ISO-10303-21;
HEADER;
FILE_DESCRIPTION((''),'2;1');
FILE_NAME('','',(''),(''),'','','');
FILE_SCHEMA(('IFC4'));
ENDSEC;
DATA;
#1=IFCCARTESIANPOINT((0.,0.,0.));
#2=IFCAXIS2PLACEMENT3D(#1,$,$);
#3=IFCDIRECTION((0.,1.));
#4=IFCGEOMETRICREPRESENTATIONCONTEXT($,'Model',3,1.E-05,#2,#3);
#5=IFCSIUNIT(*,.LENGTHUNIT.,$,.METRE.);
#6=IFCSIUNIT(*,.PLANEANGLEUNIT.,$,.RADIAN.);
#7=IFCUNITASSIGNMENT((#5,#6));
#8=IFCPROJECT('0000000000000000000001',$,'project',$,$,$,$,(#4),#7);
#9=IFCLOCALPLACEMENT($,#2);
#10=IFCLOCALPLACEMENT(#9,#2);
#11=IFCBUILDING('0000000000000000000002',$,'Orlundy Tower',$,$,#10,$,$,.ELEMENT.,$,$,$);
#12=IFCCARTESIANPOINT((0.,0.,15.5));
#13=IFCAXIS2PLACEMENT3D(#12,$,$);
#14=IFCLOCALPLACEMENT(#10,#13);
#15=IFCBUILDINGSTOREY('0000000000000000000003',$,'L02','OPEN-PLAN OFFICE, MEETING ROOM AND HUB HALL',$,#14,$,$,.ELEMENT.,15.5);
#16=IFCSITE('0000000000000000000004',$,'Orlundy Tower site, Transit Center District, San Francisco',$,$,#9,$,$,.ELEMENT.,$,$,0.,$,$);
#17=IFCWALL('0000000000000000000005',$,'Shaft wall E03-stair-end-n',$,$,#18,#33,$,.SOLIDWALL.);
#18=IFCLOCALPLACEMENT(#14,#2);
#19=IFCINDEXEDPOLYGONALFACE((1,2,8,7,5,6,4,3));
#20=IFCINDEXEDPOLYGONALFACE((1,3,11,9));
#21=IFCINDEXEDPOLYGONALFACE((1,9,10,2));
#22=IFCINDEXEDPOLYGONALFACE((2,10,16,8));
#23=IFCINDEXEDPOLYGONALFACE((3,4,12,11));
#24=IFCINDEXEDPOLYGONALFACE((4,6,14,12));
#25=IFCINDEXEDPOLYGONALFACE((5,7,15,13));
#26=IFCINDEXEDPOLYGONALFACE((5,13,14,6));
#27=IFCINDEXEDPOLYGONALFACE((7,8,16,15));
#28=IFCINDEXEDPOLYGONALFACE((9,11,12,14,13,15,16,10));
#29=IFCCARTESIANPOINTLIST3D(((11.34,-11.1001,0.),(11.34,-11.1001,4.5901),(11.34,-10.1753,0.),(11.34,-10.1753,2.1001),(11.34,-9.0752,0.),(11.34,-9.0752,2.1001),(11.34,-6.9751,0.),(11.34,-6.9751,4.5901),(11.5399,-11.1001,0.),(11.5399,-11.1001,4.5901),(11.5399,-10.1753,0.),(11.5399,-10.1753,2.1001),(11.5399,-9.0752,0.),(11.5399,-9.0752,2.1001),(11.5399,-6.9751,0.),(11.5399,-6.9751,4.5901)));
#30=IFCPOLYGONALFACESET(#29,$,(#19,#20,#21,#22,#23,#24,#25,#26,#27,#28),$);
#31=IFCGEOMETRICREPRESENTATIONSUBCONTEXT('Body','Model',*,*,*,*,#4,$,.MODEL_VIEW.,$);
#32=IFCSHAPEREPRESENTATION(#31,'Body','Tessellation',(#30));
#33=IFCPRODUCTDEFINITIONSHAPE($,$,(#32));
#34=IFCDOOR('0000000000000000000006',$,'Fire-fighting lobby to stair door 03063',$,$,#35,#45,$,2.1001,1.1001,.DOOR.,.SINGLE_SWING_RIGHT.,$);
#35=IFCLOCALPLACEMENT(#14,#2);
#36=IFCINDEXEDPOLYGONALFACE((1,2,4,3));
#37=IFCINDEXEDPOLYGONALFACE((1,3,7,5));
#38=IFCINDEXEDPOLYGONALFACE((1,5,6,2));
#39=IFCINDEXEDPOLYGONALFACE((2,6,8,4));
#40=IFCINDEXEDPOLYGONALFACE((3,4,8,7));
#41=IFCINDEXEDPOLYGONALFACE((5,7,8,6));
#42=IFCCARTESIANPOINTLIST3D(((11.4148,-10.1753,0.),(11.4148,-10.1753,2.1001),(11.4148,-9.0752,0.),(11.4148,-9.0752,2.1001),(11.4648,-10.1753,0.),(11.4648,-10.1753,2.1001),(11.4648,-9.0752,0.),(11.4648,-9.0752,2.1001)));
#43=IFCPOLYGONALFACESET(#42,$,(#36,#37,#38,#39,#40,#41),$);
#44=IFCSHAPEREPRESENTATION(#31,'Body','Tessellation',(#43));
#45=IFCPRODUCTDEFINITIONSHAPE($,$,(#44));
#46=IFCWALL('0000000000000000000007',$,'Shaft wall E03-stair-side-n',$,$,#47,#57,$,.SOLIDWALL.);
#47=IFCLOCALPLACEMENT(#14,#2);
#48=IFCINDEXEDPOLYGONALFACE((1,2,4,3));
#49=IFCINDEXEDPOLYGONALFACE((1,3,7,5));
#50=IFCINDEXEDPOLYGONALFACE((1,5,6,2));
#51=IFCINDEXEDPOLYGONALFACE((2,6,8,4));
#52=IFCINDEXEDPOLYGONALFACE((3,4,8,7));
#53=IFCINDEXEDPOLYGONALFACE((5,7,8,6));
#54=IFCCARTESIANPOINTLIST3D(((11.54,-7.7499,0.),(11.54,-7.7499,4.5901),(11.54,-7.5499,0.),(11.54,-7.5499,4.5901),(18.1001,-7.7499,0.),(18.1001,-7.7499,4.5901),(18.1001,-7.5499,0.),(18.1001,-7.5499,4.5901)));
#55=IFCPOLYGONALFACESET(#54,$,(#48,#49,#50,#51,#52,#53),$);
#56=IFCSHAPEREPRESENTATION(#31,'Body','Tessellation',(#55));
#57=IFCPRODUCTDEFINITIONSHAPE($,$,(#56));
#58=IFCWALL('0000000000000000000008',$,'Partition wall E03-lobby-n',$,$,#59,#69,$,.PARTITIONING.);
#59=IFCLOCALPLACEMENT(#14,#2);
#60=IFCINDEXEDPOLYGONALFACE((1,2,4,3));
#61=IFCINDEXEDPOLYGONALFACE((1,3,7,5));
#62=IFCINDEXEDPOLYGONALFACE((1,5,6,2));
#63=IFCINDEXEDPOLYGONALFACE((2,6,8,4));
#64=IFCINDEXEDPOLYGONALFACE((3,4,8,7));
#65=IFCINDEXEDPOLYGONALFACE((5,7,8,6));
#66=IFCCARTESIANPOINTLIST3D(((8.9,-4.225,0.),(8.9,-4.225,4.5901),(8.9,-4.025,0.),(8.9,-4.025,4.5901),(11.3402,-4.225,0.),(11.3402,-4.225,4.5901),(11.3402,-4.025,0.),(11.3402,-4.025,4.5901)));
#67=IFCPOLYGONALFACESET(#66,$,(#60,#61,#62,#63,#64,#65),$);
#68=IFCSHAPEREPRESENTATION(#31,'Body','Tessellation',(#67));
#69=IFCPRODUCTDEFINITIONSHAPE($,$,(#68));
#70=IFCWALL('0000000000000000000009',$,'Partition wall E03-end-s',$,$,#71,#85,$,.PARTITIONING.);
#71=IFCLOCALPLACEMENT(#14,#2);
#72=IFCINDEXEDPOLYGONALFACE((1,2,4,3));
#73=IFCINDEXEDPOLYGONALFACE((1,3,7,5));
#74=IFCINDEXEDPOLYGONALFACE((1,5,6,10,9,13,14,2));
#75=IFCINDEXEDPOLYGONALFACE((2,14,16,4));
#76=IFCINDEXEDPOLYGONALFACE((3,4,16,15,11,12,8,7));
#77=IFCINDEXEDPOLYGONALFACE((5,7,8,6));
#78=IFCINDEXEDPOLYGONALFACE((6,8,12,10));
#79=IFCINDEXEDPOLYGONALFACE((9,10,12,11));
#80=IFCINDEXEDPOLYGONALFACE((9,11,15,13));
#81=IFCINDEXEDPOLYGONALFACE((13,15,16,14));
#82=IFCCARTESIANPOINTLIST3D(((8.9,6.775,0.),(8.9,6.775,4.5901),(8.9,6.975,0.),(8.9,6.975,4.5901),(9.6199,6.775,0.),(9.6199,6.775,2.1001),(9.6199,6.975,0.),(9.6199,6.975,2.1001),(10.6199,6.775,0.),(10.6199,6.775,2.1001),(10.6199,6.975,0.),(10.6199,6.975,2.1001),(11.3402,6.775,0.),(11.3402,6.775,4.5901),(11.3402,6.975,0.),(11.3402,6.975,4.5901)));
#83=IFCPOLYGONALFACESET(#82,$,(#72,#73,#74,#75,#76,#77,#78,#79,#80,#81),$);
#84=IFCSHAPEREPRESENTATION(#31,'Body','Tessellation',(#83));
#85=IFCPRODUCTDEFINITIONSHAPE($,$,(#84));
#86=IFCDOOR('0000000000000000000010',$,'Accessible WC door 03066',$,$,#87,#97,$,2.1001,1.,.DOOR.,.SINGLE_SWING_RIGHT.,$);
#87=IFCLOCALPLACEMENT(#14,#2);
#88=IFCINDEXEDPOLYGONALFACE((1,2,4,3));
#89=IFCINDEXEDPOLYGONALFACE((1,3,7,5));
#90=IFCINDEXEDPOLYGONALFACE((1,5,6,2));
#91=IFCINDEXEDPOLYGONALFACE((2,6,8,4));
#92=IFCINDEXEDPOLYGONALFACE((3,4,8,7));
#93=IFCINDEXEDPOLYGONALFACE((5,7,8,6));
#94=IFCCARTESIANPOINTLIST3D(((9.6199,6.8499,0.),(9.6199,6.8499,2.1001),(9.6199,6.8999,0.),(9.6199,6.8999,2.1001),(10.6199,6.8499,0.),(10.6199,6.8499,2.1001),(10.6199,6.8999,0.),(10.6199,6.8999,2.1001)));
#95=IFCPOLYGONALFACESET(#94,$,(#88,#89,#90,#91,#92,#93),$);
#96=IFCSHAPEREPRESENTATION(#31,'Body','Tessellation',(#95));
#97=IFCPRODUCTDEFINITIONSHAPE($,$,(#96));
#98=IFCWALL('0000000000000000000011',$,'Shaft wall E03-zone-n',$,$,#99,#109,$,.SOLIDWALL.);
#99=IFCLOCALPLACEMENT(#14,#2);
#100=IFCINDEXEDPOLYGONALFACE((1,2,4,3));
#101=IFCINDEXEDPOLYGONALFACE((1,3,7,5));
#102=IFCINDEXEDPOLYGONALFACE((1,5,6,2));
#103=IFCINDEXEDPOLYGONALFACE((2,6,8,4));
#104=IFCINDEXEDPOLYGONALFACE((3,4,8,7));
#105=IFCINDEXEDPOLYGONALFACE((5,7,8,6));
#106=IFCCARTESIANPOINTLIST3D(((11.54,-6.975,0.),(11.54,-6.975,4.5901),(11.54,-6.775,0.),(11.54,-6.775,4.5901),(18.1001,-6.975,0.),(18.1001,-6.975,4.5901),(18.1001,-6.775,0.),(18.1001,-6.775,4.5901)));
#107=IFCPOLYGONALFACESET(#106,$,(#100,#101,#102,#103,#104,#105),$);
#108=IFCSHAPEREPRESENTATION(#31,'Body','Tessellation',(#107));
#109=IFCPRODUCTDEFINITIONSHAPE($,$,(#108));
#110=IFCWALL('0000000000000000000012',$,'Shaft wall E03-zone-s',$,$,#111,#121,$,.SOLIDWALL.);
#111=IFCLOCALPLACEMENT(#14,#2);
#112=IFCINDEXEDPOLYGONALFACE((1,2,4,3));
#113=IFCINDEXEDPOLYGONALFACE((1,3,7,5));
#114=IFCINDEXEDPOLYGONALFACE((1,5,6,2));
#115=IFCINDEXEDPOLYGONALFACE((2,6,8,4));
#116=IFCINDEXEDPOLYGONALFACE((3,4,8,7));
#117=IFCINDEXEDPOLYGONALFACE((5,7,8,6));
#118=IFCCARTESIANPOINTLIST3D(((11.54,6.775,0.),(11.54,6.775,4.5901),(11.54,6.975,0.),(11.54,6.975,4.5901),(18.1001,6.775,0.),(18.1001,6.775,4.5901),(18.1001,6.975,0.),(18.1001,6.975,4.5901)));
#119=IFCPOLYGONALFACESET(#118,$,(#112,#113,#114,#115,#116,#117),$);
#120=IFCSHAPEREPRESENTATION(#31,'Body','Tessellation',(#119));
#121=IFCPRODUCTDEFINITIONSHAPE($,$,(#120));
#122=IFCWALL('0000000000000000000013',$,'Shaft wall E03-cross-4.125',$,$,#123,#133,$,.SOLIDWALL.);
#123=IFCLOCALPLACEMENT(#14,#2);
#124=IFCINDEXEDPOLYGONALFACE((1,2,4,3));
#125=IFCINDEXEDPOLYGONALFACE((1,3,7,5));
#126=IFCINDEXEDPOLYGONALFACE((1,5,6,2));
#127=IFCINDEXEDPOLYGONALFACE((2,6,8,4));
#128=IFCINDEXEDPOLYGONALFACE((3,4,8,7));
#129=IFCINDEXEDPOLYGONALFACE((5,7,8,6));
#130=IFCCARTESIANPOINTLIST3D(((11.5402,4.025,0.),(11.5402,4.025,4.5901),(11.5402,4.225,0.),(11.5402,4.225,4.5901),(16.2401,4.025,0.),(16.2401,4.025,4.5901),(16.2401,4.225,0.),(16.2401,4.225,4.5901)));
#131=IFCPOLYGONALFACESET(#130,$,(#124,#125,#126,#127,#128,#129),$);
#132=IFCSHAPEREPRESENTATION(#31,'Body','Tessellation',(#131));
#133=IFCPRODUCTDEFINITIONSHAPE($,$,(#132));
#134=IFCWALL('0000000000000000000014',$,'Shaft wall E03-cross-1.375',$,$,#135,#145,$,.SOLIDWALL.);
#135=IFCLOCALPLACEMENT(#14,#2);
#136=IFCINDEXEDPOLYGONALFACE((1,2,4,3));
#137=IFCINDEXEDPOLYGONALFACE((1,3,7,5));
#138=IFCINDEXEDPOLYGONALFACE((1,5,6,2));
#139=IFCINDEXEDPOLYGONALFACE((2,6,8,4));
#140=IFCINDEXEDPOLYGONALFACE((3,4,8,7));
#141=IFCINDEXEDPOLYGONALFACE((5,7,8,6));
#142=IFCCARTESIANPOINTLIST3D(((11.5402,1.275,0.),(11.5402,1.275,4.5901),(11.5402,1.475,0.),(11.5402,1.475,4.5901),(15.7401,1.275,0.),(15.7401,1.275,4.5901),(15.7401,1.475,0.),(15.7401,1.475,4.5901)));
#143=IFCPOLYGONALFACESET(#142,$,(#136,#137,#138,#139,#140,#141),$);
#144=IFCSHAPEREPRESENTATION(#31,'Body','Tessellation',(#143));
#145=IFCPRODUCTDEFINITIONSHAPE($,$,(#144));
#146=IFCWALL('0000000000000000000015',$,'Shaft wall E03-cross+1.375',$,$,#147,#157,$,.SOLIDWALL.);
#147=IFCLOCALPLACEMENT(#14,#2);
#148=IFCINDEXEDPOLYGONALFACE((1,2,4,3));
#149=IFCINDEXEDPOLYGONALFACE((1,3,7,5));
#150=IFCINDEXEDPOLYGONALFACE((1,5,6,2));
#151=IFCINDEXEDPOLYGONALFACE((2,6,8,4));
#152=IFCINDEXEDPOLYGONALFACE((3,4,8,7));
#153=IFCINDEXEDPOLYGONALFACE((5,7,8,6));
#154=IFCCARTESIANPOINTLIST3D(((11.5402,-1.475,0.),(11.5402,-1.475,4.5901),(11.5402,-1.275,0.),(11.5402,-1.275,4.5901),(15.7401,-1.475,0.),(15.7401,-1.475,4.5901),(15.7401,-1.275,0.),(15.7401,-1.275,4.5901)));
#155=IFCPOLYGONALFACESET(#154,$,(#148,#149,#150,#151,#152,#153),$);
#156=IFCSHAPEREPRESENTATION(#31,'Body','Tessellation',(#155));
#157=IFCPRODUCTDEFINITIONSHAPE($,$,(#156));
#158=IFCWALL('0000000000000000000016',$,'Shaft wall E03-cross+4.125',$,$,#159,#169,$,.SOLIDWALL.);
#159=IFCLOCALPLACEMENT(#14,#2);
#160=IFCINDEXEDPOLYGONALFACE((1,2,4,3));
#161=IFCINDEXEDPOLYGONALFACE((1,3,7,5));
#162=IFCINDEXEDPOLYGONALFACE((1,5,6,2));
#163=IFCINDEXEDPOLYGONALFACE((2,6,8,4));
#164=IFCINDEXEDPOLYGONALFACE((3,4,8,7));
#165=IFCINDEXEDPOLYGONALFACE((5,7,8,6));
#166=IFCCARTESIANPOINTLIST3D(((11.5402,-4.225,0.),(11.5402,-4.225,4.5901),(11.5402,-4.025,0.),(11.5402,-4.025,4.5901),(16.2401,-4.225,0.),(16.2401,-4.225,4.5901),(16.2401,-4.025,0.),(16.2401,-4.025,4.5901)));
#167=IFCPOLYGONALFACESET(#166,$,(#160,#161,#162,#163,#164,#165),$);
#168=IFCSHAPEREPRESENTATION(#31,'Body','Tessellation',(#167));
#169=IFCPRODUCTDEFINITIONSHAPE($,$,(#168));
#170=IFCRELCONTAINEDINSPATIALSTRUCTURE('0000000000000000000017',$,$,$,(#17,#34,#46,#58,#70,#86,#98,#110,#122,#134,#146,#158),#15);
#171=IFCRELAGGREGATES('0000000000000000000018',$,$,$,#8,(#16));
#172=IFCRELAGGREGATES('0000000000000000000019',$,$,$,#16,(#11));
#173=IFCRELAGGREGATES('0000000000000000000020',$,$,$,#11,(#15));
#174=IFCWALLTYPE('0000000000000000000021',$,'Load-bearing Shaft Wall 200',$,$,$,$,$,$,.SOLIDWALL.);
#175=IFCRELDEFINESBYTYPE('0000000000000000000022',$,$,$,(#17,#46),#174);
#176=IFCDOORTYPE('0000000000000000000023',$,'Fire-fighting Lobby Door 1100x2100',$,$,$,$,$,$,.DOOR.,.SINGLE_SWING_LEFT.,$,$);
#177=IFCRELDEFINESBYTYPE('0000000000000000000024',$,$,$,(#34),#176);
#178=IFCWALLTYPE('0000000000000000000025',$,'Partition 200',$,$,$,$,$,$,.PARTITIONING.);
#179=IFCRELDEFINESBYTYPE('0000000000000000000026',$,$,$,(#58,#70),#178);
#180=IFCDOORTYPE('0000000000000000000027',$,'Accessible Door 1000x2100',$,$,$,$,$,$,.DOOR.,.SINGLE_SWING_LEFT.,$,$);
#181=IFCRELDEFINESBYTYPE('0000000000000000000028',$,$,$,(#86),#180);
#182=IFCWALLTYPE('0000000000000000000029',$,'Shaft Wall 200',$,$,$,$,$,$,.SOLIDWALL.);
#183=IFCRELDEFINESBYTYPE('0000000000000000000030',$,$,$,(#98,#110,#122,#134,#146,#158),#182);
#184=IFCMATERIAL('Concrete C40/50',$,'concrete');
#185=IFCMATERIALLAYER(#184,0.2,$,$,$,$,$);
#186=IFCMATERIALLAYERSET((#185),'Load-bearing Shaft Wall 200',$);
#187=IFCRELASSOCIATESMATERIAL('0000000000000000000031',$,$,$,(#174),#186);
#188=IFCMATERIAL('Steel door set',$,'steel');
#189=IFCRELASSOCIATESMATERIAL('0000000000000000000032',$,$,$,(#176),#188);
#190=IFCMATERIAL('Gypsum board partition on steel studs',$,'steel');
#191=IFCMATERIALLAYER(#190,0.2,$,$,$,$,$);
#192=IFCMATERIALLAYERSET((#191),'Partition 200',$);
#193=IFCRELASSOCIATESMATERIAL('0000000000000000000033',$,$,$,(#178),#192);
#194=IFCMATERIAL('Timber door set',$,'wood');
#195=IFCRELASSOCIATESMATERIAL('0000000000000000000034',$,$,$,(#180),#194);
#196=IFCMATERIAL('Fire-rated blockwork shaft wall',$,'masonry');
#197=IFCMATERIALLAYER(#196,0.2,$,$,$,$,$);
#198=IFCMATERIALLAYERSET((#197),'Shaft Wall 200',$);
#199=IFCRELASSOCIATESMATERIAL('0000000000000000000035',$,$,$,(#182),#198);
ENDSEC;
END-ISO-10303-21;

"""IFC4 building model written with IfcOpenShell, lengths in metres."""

from ifc_helpers import new_model, si_unit, direction, frame, frame_2d, origin, place, context, subcontext, project, spatial, rectangle, extrude, material, layer, layer_set, type_object, element, fill, save


model = new_model("IFC4")

# Units and contexts
model_context = context("Model", 3, precision=1e-05, world=origin(), true_north=direction((0.0, 1.0)))
body_context = subcontext(model_context, "Body", "Model", "MODEL_VIEW")
ifc_project = project(units=[si_unit("LENGTHUNIT", "METRE"), si_unit("PLANEANGLEUNIT", "RADIAN")], contexts=[model_context])

# Site, building, storey
site_placement = place(None, origin())
site = spatial("IfcSite", under=ifc_project, at=site_placement, Name="Orlundy Tower site, Transit Center District, San Francisco", CompositionType="ELEMENT", RefElevation=0.0)
building_placement = place(site_placement, origin())
building = spatial("IfcBuilding", under=site, at=building_placement, Name="Orlundy Tower", CompositionType="ELEMENT")
storey_placement = place(building_placement, frame((0.0, 0.0, 15.5)))
storey = spatial("IfcBuildingStorey", under=building, at=storey_placement, Name="L02", Description="OPEN-PLAN OFFICE, MEETING ROOM AND HUB HALL", CompositionType="ELEMENT", Elevation=15.5)

# Wall, opening, door
ifc_material_1 = material(Name="Concrete C40/50", Category="concrete")
ifc_layer_1 = layer(ifc_material_1, 0.2)
ifc_layer_set_1 = layer_set([ifc_layer_1], Name="Load-bearing Shaft Wall 200")
wall_type_1 = type_object("IfcWallType", Name="Load-bearing Shaft Wall 200", PredefinedType="SOLIDWALL", material=ifc_layer_set_1)
wall_1_placement = place(storey_placement, frame((11.4399, -6.9751, 0.0), z_axis=(0.0, 0.0, 1.0), x_axis=(0.0, -1.0, 0.0)))
wall_1 = element("IfcWall", 1, at=wall_1_placement, inside=storey, type_object=wall_type_1, Name="Shaft wall E03-stair-end-n", PredefinedType="SOLIDWALL", context=body_context, shape_type="SweptSolid", body=[
    extrude(rectangle(XDim=4.125, YDim=0.2, at=frame_2d((2.0625, 0.0))), origin(), (0.0, 0.0, 1.0), 4.5901),
])
opening_1_placement = place(wall_1_placement, frame((2.1001, 0.0, 0.0)))
opening_1 = element("IfcOpeningElement", 2, at=opening_1_placement, cuts=wall_1, PredefinedType="OPENING", context=body_context, shape_type="SweptSolid", body=[
    extrude(rectangle(XDim=1.1001, YDim=2.1001, at=frame_2d((0.55, 1.05))), frame((0.0, 0.1101, 0.0), z_axis=(0.0, -1.0, 0.0), x_axis=(1.0, 0.0, 0.0)), (0.0, 0.0, 1.0), 0.2202),
])
ifc_material_2 = material(Name="Steel door set", Category="steel")
door_type_1 = type_object("IfcDoorType", Name="Fire-fighting Lobby Door 1100x2100", OperationType="SINGLE_SWING_LEFT", PredefinedType="DOOR", material=ifc_material_2)
door_1_placement = place(opening_1_placement, origin())
door_1 = element("IfcDoor", 3, at=door_1_placement, inside=storey, type_object=door_type_1, Name="Fire-fighting lobby to stair door 03063", OperationType="SINGLE_SWING_RIGHT", OverallHeight=2.1001, OverallWidth=1.1001, PredefinedType="DOOR", context=body_context, shape_type="SweptSolid", body=[
    extrude(rectangle(XDim=1.1001, YDim=2.1001, at=frame_2d((0.55, 1.05))), frame((0.0, 0.0249, 0.0), z_axis=(0.0, -1.0, 0.0), x_axis=(1.0, 0.0, 0.0)), (0.0, 0.0, 1.0), 0.05),
])
fill(opening_1, door_1)

# Walls
wall_2_placement = place(storey_placement, frame((11.54, -7.6499, 0.0), z_axis=(0.0, 0.0, 1.0), x_axis=(1.0, 0.0, 0.0)))
element("IfcWall", 4, at=wall_2_placement, inside=storey, type_object=wall_type_1, Name="Shaft wall E03-stair-side-n", PredefinedType="SOLIDWALL", context=body_context, shape_type="SweptSolid", body=[
    extrude(rectangle(XDim=6.5601, YDim=0.2, at=frame_2d((3.28, 0.0))), origin(), (0.0, 0.0, 1.0), 4.5901),
])
ifc_material_3 = material(Name="Gypsum board partition on steel studs", Category="steel")
ifc_layer_2 = layer(ifc_material_3, 0.2)
ifc_layer_set_2 = layer_set([ifc_layer_2], Name="Partition 200")
wall_type_2 = type_object("IfcWallType", Name="Partition 200", PredefinedType="PARTITIONING", material=ifc_layer_set_2)
wall_3_placement = place(storey_placement, frame((8.8999, -4.125, 0.0), z_axis=(0.0, 0.0, 1.0), x_axis=(1.0, 0.0, 0.0)))
element("IfcWall", 5, at=wall_3_placement, inside=storey, type_object=wall_type_2, Name="Partition wall E03-lobby-n", PredefinedType="PARTITIONING", context=body_context, shape_type="SweptSolid", body=[
    extrude(rectangle(XDim=2.4402, YDim=0.2, at=frame_2d((1.2202, 0.0))), origin(), (0.0, 0.0, 1.0), 4.5901),
])

# Wall, opening, door
wall_4_placement = place(storey_placement, frame((8.8999, 6.875, 0.0), z_axis=(0.0, 0.0, 1.0), x_axis=(1.0, 0.0, 0.0)))
wall_4 = element("IfcWall", 6, at=wall_4_placement, inside=storey, type_object=wall_type_2, Name="Partition wall E03-end-s", PredefinedType="PARTITIONING", context=body_context, shape_type="SweptSolid", body=[
    extrude(rectangle(XDim=2.4402, YDim=0.2, at=frame_2d((1.2202, 0.0))), origin(), (0.0, 0.0, 1.0), 4.5901),
])
opening_2_placement = place(wall_4_placement, frame((0.72, 0.0, 0.0)))
opening_2 = element("IfcOpeningElement", 7, at=opening_2_placement, cuts=wall_4, PredefinedType="OPENING", context=body_context, shape_type="SweptSolid", body=[
    extrude(rectangle(XDim=1.0, YDim=2.1001, at=frame_2d((0.5, 1.05))), frame((0.0, 0.1101, 0.0), z_axis=(0.0, -1.0, 0.0), x_axis=(1.0, 0.0, 0.0)), (0.0, 0.0, 1.0), 0.2202),
])
ifc_material_4 = material(Name="Timber door set", Category="wood")
door_type_2 = type_object("IfcDoorType", Name="Accessible Door 1000x2100", OperationType="SINGLE_SWING_LEFT", PredefinedType="DOOR", material=ifc_material_4)
door_2_placement = place(opening_2_placement, origin())
door_2 = element("IfcDoor", 8, at=door_2_placement, inside=storey, type_object=door_type_2, Name="Accessible WC door 03066", OperationType="SINGLE_SWING_RIGHT", OverallHeight=2.1001, OverallWidth=1.0, PredefinedType="DOOR", context=body_context, shape_type="SweptSolid", body=[
    extrude(rectangle(XDim=1.0, YDim=2.1001, at=frame_2d((0.5, 1.05))), frame((0.0, 0.0249, 0.0), z_axis=(0.0, -1.0, 0.0), x_axis=(1.0, 0.0, 0.0)), (0.0, 0.0, 1.0), 0.05),
])
fill(opening_2, door_2)

# Walls
ifc_material_5 = material(Name="Fire-rated blockwork shaft wall", Category="masonry")
ifc_layer_3 = layer(ifc_material_5, 0.2)
ifc_layer_set_3 = layer_set([ifc_layer_3], Name="Shaft Wall 200")
wall_type_3 = type_object("IfcWallType", Name="Shaft Wall 200", PredefinedType="SOLIDWALL", material=ifc_layer_set_3)
for number, where, z_axis, x_axis, name in (
    (9, (11.54, -6.875, 0.0), (0.0, 0.0, 1.0), (1.0, 0.0, 0.0), "Shaft wall E03-zone-n"),
    (10, (11.54, 6.875, 0.0), (0.0, 0.0, 1.0), (1.0, 0.0, 0.0), "Shaft wall E03-zone-s"),
):
    element("IfcWall", number, at=place(storey_placement, frame(where, z_axis=z_axis, x_axis=x_axis)), inside=storey, type_object=wall_type_3, Name=name, PredefinedType="SOLIDWALL", context=body_context, shape_type="SweptSolid", body=[
        extrude(rectangle(XDim=6.5601, YDim=0.2, at=frame_2d((3.28, 0.0))), origin(), (0.0, 0.0, 1.0), 4.5901),
    ])
wall_5_placement = place(storey_placement, frame((11.54, 4.125, 0.0), z_axis=(0.0, 0.0, 1.0), x_axis=(1.0, 0.0, 0.0)))
element("IfcWall", 11, at=wall_5_placement, inside=storey, type_object=wall_type_3, Name="Shaft wall E03-cross-4.125", PredefinedType="SOLIDWALL", context=body_context, shape_type="SweptSolid", body=[
    extrude(rectangle(XDim=4.7, YDim=0.2, at=frame_2d((2.3501, 0.0))), origin(), (0.0, 0.0, 1.0), 4.5901),
])
for number, where, z_axis, x_axis, name in (
    (12, (11.54, 1.375, 0.0), (0.0, 0.0, 1.0), (1.0, 0.0, 0.0), "Shaft wall E03-cross-1.375"),
    (13, (11.54, -1.375, 0.0), (0.0, 0.0, 1.0), (1.0, 0.0, 0.0), "Shaft wall E03-cross+1.375"),
):
    element("IfcWall", number, at=place(storey_placement, frame(where, z_axis=z_axis, x_axis=x_axis)), inside=storey, type_object=wall_type_3, Name=name, PredefinedType="SOLIDWALL", context=body_context, shape_type="SweptSolid", body=[
        extrude(rectangle(XDim=4.2, YDim=0.2, at=frame_2d((2.1001, 0.0))), origin(), (0.0, 0.0, 1.0), 4.5901),
    ])
wall_6_placement = place(storey_placement, frame((11.54, -4.125, 0.0), z_axis=(0.0, 0.0, 1.0), x_axis=(1.0, 0.0, 0.0)))
element("IfcWall", 14, at=wall_6_placement, inside=storey, type_object=wall_type_3, Name="Shaft wall E03-cross+4.125", PredefinedType="SOLIDWALL", context=body_context, shape_type="SweptSolid", body=[
    extrude(rectangle(XDim=4.7, YDim=0.2, at=frame_2d((2.3501, 0.0))), origin(), (0.0, 0.0, 1.0), 4.5901),
])

save(model, "model.ifc")
